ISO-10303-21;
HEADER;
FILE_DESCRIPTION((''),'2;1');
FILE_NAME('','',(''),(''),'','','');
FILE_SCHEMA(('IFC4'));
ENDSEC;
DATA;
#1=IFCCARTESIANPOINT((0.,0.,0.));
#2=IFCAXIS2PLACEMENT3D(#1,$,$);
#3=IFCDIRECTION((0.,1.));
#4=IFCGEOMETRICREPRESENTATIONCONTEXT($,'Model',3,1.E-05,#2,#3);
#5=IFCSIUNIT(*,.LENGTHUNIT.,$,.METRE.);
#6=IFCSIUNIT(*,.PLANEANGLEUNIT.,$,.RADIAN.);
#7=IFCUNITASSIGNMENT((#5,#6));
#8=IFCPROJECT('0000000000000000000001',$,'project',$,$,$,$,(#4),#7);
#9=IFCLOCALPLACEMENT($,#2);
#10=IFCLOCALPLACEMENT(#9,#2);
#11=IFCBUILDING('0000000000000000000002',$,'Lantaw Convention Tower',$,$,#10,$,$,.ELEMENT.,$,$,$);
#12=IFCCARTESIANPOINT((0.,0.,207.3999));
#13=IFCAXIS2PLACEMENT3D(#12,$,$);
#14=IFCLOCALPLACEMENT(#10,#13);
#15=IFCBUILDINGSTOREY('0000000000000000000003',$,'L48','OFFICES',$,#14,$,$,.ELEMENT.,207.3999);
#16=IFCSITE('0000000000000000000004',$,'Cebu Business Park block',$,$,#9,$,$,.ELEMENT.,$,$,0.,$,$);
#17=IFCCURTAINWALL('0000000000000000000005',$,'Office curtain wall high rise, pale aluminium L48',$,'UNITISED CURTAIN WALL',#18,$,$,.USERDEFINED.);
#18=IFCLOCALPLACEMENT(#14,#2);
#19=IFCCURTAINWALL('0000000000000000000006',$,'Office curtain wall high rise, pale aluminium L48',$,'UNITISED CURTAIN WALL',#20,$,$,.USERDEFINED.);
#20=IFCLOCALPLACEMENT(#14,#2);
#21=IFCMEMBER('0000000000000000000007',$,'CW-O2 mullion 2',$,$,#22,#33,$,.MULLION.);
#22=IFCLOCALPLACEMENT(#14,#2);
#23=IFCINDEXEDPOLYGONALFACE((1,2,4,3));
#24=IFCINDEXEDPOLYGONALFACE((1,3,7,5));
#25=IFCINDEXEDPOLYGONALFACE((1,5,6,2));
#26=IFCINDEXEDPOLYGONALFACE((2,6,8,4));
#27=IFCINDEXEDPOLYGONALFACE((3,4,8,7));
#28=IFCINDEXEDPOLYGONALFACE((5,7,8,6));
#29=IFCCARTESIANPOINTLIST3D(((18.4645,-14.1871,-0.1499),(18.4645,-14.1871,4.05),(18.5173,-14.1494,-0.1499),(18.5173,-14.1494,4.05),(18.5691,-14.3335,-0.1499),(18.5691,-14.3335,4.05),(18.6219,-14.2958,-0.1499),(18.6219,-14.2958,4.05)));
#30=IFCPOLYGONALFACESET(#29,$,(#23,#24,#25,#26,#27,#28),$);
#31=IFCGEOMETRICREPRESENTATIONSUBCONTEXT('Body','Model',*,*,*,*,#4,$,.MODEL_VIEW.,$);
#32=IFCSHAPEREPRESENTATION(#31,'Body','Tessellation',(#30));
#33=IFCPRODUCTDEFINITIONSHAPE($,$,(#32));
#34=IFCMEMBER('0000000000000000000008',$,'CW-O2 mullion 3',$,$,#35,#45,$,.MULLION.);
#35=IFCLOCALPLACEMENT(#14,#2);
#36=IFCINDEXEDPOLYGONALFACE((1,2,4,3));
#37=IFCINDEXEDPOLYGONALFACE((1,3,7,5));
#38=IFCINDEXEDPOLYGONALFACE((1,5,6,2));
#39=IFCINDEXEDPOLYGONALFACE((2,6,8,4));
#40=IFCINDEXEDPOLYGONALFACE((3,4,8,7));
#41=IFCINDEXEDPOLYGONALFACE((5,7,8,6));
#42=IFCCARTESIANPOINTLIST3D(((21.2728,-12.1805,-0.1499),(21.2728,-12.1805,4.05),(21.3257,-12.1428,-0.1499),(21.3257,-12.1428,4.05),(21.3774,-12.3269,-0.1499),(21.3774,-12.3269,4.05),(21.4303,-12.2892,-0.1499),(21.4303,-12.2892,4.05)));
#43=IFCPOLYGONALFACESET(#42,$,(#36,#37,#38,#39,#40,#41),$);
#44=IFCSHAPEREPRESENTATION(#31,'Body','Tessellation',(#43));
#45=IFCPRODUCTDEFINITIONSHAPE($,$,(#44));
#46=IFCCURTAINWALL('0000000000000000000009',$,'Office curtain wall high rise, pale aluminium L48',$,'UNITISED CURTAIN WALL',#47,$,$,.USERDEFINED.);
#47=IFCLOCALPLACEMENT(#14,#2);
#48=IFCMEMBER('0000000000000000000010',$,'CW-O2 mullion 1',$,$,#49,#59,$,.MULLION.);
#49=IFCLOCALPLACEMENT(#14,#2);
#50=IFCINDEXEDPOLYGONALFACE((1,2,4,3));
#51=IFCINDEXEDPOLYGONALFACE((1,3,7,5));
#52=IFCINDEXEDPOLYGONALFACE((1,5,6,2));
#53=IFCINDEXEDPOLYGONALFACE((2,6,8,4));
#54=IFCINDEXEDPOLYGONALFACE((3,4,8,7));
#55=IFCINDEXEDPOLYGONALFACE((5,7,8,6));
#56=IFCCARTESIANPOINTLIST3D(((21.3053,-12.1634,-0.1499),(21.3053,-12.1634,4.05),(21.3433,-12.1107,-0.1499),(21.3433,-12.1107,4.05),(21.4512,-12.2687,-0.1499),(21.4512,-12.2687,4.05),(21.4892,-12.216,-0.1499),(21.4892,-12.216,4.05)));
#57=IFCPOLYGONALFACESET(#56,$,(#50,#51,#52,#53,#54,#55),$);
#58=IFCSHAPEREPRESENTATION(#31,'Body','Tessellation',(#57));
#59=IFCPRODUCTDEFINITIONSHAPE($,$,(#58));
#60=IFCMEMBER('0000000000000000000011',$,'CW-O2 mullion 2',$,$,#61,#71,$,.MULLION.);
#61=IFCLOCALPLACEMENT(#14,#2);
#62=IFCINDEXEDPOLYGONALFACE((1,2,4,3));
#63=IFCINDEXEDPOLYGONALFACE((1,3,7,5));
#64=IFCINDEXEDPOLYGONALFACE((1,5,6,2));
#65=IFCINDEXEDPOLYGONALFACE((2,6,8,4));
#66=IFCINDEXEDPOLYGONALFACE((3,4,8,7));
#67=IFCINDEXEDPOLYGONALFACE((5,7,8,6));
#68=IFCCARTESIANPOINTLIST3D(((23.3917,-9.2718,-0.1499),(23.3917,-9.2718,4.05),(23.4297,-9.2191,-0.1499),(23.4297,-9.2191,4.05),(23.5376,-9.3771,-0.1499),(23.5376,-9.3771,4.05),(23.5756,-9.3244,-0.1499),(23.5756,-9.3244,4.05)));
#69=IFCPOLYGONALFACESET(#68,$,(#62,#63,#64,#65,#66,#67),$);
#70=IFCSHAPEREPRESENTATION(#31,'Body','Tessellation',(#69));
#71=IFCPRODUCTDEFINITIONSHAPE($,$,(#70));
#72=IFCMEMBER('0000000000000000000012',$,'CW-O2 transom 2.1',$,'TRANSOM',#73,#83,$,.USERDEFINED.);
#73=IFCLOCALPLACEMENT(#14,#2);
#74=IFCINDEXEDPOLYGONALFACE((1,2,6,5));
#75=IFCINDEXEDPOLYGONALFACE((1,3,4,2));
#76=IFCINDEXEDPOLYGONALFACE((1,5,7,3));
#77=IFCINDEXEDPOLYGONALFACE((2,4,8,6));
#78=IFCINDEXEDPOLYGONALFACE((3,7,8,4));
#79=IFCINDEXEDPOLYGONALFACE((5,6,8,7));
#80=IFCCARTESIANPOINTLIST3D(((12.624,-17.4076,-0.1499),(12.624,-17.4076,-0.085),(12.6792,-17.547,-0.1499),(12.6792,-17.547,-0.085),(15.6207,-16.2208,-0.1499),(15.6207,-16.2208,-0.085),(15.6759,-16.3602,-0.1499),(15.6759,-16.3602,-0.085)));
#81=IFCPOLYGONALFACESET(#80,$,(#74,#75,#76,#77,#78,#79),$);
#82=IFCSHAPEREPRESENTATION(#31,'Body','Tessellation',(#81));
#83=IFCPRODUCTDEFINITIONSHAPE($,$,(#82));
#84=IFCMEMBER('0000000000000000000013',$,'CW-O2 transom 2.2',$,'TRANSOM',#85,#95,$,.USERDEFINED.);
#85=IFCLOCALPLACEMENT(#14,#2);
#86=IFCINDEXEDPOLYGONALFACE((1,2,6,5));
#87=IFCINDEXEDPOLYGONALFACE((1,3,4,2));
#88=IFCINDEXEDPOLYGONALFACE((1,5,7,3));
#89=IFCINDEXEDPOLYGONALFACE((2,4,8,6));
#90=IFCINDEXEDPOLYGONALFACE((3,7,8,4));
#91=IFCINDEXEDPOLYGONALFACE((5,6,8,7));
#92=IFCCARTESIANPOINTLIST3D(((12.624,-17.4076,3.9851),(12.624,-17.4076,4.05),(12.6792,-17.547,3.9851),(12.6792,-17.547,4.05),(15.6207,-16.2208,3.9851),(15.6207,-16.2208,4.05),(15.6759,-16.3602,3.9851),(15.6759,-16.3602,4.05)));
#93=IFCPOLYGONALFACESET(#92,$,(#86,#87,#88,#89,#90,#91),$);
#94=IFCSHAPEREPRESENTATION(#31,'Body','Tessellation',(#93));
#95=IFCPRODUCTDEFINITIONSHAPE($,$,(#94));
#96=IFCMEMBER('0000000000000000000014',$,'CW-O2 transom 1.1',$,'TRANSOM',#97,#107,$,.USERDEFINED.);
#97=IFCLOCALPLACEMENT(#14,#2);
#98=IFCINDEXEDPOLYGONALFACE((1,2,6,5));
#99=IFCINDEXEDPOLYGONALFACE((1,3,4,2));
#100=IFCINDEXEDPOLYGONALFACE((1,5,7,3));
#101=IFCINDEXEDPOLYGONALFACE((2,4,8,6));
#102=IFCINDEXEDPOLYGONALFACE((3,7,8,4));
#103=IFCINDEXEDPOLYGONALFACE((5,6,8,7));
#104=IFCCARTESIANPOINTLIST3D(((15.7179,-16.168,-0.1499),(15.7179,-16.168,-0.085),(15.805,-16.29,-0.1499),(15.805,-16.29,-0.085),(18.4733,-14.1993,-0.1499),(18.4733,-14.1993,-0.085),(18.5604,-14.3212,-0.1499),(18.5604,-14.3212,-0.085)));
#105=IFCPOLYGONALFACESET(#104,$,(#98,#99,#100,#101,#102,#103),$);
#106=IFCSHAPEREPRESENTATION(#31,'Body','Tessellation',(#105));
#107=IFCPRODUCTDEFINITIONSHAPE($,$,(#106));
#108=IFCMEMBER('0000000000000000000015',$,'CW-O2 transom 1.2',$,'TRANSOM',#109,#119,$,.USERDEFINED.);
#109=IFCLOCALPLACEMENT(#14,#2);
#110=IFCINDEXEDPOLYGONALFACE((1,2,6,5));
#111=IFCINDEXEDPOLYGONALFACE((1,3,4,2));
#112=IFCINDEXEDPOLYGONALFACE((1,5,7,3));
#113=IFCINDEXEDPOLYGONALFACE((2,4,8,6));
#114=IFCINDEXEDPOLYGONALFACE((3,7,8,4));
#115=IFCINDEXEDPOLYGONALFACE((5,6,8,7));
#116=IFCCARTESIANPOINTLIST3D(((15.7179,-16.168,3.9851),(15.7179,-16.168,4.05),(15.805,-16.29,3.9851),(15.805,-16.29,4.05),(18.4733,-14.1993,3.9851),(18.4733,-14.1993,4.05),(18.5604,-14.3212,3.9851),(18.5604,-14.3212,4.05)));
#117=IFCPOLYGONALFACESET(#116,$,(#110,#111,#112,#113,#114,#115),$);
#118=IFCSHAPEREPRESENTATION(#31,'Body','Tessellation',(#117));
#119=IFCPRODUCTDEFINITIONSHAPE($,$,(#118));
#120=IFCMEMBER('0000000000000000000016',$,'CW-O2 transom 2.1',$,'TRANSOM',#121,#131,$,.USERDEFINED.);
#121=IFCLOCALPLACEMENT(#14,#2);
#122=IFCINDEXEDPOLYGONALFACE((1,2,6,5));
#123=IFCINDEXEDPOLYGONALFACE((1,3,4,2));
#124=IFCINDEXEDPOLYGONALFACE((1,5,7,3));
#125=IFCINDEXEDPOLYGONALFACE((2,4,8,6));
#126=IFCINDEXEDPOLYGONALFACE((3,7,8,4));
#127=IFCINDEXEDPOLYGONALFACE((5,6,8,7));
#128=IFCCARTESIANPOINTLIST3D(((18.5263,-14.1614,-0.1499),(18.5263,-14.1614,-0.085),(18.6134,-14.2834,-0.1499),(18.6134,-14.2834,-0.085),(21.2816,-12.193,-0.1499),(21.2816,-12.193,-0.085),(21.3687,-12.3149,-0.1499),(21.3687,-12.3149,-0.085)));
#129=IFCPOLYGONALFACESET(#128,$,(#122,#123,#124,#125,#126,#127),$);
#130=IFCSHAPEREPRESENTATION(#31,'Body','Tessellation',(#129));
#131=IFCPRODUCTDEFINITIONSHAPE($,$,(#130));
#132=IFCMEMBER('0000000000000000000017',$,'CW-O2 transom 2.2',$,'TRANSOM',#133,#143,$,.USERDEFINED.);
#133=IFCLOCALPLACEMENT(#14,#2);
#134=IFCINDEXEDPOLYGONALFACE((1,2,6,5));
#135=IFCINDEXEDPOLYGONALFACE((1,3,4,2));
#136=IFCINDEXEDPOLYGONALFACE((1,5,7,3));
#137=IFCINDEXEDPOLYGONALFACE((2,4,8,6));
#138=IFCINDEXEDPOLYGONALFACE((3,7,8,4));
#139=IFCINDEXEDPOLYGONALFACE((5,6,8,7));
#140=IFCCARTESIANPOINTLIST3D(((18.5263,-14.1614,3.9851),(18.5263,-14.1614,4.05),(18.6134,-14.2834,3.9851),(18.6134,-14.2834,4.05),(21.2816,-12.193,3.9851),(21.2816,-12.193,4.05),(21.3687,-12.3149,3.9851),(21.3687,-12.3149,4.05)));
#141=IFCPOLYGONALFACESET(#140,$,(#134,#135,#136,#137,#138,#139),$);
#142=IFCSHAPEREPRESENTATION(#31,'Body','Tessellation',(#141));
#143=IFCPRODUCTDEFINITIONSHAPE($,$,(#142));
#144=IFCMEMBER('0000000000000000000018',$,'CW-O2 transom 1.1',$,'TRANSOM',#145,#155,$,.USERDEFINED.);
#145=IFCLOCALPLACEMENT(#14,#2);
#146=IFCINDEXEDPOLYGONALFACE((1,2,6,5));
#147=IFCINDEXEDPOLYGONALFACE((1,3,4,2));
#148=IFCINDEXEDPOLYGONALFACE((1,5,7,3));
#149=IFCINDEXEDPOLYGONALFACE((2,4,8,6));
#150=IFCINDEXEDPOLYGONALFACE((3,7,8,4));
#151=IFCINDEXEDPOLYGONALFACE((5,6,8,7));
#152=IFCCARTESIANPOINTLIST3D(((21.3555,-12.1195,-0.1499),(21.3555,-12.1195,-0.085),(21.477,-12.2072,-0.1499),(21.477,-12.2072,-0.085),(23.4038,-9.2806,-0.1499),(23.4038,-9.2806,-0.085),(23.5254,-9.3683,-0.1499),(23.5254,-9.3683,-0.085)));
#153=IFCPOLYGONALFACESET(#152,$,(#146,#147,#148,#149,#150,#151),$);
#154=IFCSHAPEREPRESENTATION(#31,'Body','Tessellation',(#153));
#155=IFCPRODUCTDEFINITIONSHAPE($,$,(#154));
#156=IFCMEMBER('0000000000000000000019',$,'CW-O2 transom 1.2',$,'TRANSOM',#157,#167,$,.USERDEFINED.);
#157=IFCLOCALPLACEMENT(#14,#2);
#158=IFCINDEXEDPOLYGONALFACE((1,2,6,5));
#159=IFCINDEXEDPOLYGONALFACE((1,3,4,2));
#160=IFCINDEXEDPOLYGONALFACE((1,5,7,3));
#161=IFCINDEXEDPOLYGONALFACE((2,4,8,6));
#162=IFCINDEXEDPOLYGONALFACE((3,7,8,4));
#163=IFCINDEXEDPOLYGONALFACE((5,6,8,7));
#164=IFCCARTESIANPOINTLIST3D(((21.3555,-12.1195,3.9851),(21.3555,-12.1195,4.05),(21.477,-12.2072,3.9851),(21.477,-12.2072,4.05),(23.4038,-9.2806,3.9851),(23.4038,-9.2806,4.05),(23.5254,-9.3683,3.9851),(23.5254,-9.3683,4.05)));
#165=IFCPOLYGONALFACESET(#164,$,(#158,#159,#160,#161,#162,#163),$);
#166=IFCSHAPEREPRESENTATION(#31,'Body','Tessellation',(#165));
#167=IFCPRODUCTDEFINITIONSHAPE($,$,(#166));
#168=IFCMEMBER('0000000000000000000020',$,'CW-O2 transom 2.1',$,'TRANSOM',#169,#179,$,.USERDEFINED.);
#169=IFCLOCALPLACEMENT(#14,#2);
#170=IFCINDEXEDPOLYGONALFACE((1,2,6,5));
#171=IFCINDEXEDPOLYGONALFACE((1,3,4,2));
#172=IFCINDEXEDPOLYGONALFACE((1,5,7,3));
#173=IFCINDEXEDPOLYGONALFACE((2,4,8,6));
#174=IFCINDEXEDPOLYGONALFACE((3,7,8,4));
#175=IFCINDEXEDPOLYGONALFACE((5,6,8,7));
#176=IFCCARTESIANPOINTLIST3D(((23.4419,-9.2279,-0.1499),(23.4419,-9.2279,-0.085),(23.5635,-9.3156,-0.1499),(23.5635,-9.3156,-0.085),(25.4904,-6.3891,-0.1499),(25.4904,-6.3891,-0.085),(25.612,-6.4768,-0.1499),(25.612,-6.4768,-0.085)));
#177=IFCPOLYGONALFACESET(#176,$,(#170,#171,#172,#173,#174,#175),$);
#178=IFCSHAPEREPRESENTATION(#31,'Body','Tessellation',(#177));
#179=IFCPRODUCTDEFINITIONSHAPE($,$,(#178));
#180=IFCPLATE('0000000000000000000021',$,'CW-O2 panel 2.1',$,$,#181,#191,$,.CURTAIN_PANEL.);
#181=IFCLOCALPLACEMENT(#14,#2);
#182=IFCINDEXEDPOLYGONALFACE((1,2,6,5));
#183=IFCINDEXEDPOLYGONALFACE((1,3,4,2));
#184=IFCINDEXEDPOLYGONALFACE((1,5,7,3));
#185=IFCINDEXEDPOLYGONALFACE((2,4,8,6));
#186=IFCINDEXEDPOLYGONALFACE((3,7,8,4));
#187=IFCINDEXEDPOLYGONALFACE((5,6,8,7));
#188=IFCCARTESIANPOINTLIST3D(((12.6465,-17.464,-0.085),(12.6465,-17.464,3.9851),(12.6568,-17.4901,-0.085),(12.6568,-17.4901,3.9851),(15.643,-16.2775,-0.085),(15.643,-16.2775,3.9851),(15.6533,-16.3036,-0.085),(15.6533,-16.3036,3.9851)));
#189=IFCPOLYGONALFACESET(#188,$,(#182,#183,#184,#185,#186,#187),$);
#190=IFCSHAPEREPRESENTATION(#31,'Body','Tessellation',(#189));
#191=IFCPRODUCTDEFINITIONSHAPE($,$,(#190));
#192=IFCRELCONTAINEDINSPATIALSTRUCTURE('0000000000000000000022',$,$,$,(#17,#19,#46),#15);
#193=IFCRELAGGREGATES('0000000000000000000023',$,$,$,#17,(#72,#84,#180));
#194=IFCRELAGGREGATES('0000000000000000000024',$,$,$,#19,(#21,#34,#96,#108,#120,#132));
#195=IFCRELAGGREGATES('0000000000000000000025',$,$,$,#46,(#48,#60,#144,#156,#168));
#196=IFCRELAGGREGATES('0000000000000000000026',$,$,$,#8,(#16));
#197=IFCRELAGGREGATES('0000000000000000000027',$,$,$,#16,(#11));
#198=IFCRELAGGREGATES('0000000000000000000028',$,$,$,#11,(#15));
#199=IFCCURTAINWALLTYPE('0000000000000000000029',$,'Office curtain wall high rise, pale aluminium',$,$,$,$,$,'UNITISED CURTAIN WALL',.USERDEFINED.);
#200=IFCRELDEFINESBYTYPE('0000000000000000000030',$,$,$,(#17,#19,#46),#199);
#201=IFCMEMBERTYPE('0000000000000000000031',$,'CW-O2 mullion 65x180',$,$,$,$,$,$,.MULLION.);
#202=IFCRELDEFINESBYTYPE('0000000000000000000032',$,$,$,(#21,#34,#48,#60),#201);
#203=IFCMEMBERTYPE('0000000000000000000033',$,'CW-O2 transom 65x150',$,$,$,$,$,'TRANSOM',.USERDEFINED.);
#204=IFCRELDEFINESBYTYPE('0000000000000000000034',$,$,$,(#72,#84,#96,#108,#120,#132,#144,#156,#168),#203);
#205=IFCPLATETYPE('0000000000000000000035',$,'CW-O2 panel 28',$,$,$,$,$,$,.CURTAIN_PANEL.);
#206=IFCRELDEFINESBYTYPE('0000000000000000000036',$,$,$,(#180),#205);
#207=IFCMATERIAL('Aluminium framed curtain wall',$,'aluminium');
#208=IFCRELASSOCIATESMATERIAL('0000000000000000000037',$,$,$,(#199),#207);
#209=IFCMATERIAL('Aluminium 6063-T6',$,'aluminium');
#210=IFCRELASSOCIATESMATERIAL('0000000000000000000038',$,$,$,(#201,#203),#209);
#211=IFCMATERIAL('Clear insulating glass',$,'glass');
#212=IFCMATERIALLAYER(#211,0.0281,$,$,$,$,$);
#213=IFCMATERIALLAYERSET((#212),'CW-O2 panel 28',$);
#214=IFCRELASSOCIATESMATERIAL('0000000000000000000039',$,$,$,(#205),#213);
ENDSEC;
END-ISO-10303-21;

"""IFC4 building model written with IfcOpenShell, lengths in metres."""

from ifc_helpers import new_model, si_unit, direction, frame, origin, origin_2d, place, context, subcontext, project, spatial, rectangle, extrude, material, layer, layer_set, material_profile, profile_set, type_object, element, aggregate, save


model = new_model("IFC4")

# Units and contexts
model_context = context("Model", 3, precision=1e-05, world=origin(), true_north=direction((0.0, 1.0)))
body_context = subcontext(model_context, "Body", "Model", "MODEL_VIEW")
ifc_project = project(units=[si_unit("LENGTHUNIT", "METRE"), si_unit("PLANEANGLEUNIT", "RADIAN")], contexts=[model_context])

# Site, building, storey
site_placement = place(None, origin())
site = spatial("IfcSite", under=ifc_project, at=site_placement, Name="Cebu Business Park block", CompositionType="ELEMENT", RefElevation=0.0)
building_placement = place(site_placement, origin())
building = spatial("IfcBuilding", under=site, at=building_placement, Name="Lantaw Convention Tower", CompositionType="ELEMENT")
storey_placement = place(building_placement, frame((0.0, 0.0, 207.3999)))
storey = spatial("IfcBuildingStorey", under=building, at=storey_placement, Name="L48", Description="OFFICES", CompositionType="ELEMENT", Elevation=207.3999)

# Curtain walls, members
ifc_material_1 = material(Name="Aluminium framed curtain wall", Category="aluminium")
curtain_wall_type = type_object("IfcCurtainWallType", Name="Office curtain wall high rise, pale aluminium", ElementType="UNITISED CURTAIN WALL", PredefinedType="USERDEFINED", material=ifc_material_1)
curtain_wall_1_placement = place(storey_placement, origin())
curtain_wall_1 = element("IfcCurtainWall", 1, at=curtain_wall_1_placement, inside=storey, type_object=curtain_wall_type, Name="Office curtain wall high rise, pale aluminium L48", ObjectType="UNITISED CURTAIN WALL", PredefinedType="USERDEFINED")
ifc_material_2 = material(Name="Aluminium 6063-T6", Category="aluminium")
ifc_material_profile_1 = material_profile(ifc_material_2, rectangle(XDim=0.1799, YDim=0.0649, at=origin_2d()), Name="CW-O2 mullion 65x180")
ifc_profile_set_1 = profile_set([ifc_material_profile_1], Name="Aluminium 6063-T6")
member_type_1 = type_object("IfcMemberType", Name="CW-O2 mullion 65x180", PredefinedType="MULLION", material=ifc_profile_set_1)
curtain_wall_2_placement = place(storey_placement, origin())
curtain_wall_2 = element("IfcCurtainWall", 2, at=curtain_wall_2_placement, inside=storey, type_object=curtain_wall_type, Name="Office curtain wall high rise, pale aluminium L48", ObjectType="UNITISED CURTAIN WALL", PredefinedType="USERDEFINED")
member_1_placement = place(storey_placement, frame((18.5432, -14.2415, -0.1499), z_axis=(0.0, 0.0, 1.0), x_axis=(-0.581323, 0.813673, 0.0)))
member_1 = element("IfcMember", 3, at=member_1_placement, type_object=member_type_1, Name="CW-O2 mullion 2", PredefinedType="MULLION", context=body_context, shape_type="SweptSolid", body=[
    extrude(rectangle(XDim=0.1799, YDim=0.0649, at=origin_2d()), origin(), (0.0, 0.0, 1.0), 4.2),
])
member_2_placement = place(storey_placement, frame((21.3516, -12.2349, -0.1499), z_axis=(0.0, 0.0, 1.0), x_axis=(-0.581323, 0.813673, 0.0)))
member_2 = element("IfcMember", 4, at=member_2_placement, type_object=member_type_1, Name="CW-O2 mullion 3", PredefinedType="MULLION", context=body_context, shape_type="SweptSolid", body=[
    extrude(rectangle(XDim=0.1799, YDim=0.0649, at=origin_2d()), origin(), (0.0, 0.0, 1.0), 4.2),
])
curtain_wall_3_placement = place(storey_placement, origin())
curtain_wall_3 = element("IfcCurtainWall", 5, at=curtain_wall_3_placement, inside=storey, type_object=curtain_wall_type, Name="Office curtain wall high rise, pale aluminium L48", ObjectType="UNITISED CURTAIN WALL", PredefinedType="USERDEFINED")
member_3_placement = place(storey_placement, frame((21.3972, -12.1897, -0.1499), z_axis=(0.0, 0.0, 1.0), x_axis=(-0.81092, 0.585158, 0.0)))
member_3 = element("IfcMember", 6, at=member_3_placement, type_object=member_type_1, Name="CW-O2 mullion 1", PredefinedType="MULLION", context=body_context, shape_type="SweptSolid", body=[
    extrude(rectangle(XDim=0.1799, YDim=0.0649, at=origin_2d()), origin(), (0.0, 0.0, 1.0), 4.2),
])
member_4_placement = place(storey_placement, frame((23.4836, -9.2981, -0.1499), z_axis=(0.0, 0.0, 1.0), x_axis=(-0.81092, 0.585158, 0.0)))
member_4 = element("IfcMember", 7, at=member_4_placement, type_object=member_type_1, Name="CW-O2 mullion 2", PredefinedType="MULLION", context=body_context, shape_type="SweptSolid", body=[
    extrude(rectangle(XDim=0.1799, YDim=0.0649, at=origin_2d()), origin(), (0.0, 0.0, 1.0), 4.2),
])

# Members
ifc_material_profile_2 = material_profile(ifc_material_2, rectangle(XDim=0.1499, YDim=0.0649, at=origin_2d()), Name="CW-O2 transom 65x150")
ifc_profile_set_2 = profile_set([ifc_material_profile_2], Name="Aluminium 6063-T6")
member_type_2 = type_object("IfcMemberType", Name="CW-O2 transom 65x150", ElementType="TRANSOM", PredefinedType="USERDEFINED", material=ifc_profile_set_2)
member_5_placement = place(storey_placement, frame((12.6516, -17.4773, -0.1174), z_axis=(0.929741, 0.368215, 0.0), x_axis=(-0.368215, 0.929741, 0.0)))
member_5 = element("IfcMember", 8, at=member_5_placement, type_object=member_type_2, Name="CW-O2 transom 2.1", ObjectType="TRANSOM", PredefinedType="USERDEFINED", context=body_context, shape_type="SweptSolid", body=[
    extrude(rectangle(XDim=0.1499, YDim=0.0649, at=origin_2d()), origin(), (0.0, 0.0, 1.0), 3.2231),
])
member_6_placement = place(storey_placement, frame((12.6516, -17.4773, 4.0176), z_axis=(0.929741, 0.368215, 0.0), x_axis=(-0.368215, 0.929741, 0.0)))
member_6 = element("IfcMember", 9, at=member_6_placement, type_object=member_type_2, Name="CW-O2 transom 2.2", ObjectType="TRANSOM", PredefinedType="USERDEFINED", context=body_context, shape_type="SweptSolid", body=[
    extrude(rectangle(XDim=0.1499, YDim=0.0649, at=origin_2d()), origin(), (0.0, 0.0, 1.0), 3.2231),
])
member_7_placement = place(storey_placement, frame((15.7615, -16.229, -0.1174), z_axis=(0.813646, 0.581361, 0.0), x_axis=(-0.581361, 0.813646, 0.0)))
member_7 = element("IfcMember", 10, at=member_7_placement, type_object=member_type_2, Name="CW-O2 transom 1.1", ObjectType="TRANSOM", PredefinedType="USERDEFINED", context=body_context, shape_type="SweptSolid", body=[
    extrude(rectangle(XDim=0.1499, YDim=0.0649, at=origin_2d()), origin(), (0.0, 0.0, 1.0), 3.3865),
])
member_8_placement = place(storey_placement, frame((15.7615, -16.229, 4.0176), z_axis=(0.813646, 0.581361, 0.0), x_axis=(-0.581361, 0.813646, 0.0)))
member_8 = element("IfcMember", 11, at=member_8_placement, type_object=member_type_2, Name="CW-O2 transom 1.2", ObjectType="TRANSOM", PredefinedType="USERDEFINED", context=body_context, shape_type="SweptSolid", body=[
    extrude(rectangle(XDim=0.1499, YDim=0.0649, at=origin_2d()), origin(), (0.0, 0.0, 1.0), 3.3865),
])
member_9_placement = place(storey_placement, frame((18.5698, -14.2224, -0.1174), z_axis=(0.81368, 0.581313, 0.0), x_axis=(-0.581313, 0.81368, 0.0)))
member_9 = element("IfcMember", 12, at=member_9_placement, type_object=member_type_2, Name="CW-O2 transom 2.1", ObjectType="TRANSOM", PredefinedType="USERDEFINED", context=body_context, shape_type="SweptSolid", body=[
    extrude(rectangle(XDim=0.1499, YDim=0.0649, at=origin_2d()), origin(), (0.0, 0.0, 1.0), 3.3862),
])
member_10_placement = place(storey_placement, frame((18.5698, -14.2224, 4.0176), z_axis=(0.81368, 0.581313, 0.0), x_axis=(-0.581313, 0.81368, 0.0)))
member_10 = element("IfcMember", 13, at=member_10_placement, type_object=member_type_2, Name="CW-O2 transom 2.2", ObjectType="TRANSOM", PredefinedType="USERDEFINED", context=body_context, shape_type="SweptSolid", body=[
    extrude(rectangle(XDim=0.1499, YDim=0.0649, at=origin_2d()), origin(), (0.0, 0.0, 1.0), 3.3862),
])
member_11_placement = place(storey_placement, frame((21.4163, -12.1633, -0.1174), z_axis=(0.585124, 0.810944, 0.0), x_axis=(-0.810944, 0.585124, 0.0)))
member_11 = element("IfcMember", 14, at=member_11_placement, type_object=member_type_2, Name="CW-O2 transom 1.1", ObjectType="TRANSOM", PredefinedType="USERDEFINED", context=body_context, shape_type="SweptSolid", body=[
    extrude(rectangle(XDim=0.1499, YDim=0.0649, at=origin_2d()), origin(), (0.0, 0.0, 1.0), 3.5007),
])
member_12_placement = place(storey_placement, frame((21.4163, -12.1633, 4.0176), z_axis=(0.585124, 0.810944, 0.0), x_axis=(-0.810944, 0.585124, 0.0)))
member_12 = element("IfcMember", 15, at=member_12_placement, type_object=member_type_2, Name="CW-O2 transom 1.2", ObjectType="TRANSOM", PredefinedType="USERDEFINED", context=body_context, shape_type="SweptSolid", body=[
    extrude(rectangle(XDim=0.1499, YDim=0.0649, at=origin_2d()), origin(), (0.0, 0.0, 1.0), 3.5007),
])
member_13_placement = place(storey_placement, frame((23.5027, -9.2717, -0.1174), z_axis=(0.58517, 0.810911, 0.0), x_axis=(-0.810911, 0.58517, 0.0)))
member_13 = element("IfcMember", 16, at=member_13_placement, type_object=member_type_2, Name="CW-O2 transom 2.1", ObjectType="TRANSOM", PredefinedType="USERDEFINED", context=body_context, shape_type="SweptSolid", body=[
    extrude(rectangle(XDim=0.1499, YDim=0.0649, at=origin_2d()), origin(), (0.0, 0.0, 1.0), 3.5007),
])

# Plate
ifc_material_3 = material(Name="Clear insulating glass", Category="glass")
ifc_layer_1 = layer(ifc_material_3, 0.0281)
ifc_layer_set_1 = layer_set([ifc_layer_1], Name="CW-O2 panel 28")
plate_type_1 = type_object("IfcPlateType", Name="CW-O2 panel 28", PredefinedType="CURTAIN_PANEL", material=ifc_layer_set_1)
plate_1_placement = place(storey_placement, frame((14.1499, -16.8838, -0.085), z_axis=(0.0, 0.0, 1.0), x_axis=(0.929762, 0.368162, 0.0)))
plate_1 = element("IfcPlate", 17, at=plate_1_placement, type_object=plate_type_1, Name="CW-O2 panel 2.1", PredefinedType="CURTAIN_PANEL", context=body_context, shape_type="SweptSolid", body=[
    extrude(rectangle(XDim=3.2229, YDim=0.0281, at=origin_2d()), origin(), (0.0, 0.0, 1.0), 4.0701),
])
aggregate(curtain_wall_1, [member_5, member_6, plate_1])
aggregate(curtain_wall_2, [member_1, member_2, member_7, member_8, member_9, member_10])
aggregate(curtain_wall_3, [member_3, member_4, member_11, member_12, member_13])

save(model, "model.ifc")
